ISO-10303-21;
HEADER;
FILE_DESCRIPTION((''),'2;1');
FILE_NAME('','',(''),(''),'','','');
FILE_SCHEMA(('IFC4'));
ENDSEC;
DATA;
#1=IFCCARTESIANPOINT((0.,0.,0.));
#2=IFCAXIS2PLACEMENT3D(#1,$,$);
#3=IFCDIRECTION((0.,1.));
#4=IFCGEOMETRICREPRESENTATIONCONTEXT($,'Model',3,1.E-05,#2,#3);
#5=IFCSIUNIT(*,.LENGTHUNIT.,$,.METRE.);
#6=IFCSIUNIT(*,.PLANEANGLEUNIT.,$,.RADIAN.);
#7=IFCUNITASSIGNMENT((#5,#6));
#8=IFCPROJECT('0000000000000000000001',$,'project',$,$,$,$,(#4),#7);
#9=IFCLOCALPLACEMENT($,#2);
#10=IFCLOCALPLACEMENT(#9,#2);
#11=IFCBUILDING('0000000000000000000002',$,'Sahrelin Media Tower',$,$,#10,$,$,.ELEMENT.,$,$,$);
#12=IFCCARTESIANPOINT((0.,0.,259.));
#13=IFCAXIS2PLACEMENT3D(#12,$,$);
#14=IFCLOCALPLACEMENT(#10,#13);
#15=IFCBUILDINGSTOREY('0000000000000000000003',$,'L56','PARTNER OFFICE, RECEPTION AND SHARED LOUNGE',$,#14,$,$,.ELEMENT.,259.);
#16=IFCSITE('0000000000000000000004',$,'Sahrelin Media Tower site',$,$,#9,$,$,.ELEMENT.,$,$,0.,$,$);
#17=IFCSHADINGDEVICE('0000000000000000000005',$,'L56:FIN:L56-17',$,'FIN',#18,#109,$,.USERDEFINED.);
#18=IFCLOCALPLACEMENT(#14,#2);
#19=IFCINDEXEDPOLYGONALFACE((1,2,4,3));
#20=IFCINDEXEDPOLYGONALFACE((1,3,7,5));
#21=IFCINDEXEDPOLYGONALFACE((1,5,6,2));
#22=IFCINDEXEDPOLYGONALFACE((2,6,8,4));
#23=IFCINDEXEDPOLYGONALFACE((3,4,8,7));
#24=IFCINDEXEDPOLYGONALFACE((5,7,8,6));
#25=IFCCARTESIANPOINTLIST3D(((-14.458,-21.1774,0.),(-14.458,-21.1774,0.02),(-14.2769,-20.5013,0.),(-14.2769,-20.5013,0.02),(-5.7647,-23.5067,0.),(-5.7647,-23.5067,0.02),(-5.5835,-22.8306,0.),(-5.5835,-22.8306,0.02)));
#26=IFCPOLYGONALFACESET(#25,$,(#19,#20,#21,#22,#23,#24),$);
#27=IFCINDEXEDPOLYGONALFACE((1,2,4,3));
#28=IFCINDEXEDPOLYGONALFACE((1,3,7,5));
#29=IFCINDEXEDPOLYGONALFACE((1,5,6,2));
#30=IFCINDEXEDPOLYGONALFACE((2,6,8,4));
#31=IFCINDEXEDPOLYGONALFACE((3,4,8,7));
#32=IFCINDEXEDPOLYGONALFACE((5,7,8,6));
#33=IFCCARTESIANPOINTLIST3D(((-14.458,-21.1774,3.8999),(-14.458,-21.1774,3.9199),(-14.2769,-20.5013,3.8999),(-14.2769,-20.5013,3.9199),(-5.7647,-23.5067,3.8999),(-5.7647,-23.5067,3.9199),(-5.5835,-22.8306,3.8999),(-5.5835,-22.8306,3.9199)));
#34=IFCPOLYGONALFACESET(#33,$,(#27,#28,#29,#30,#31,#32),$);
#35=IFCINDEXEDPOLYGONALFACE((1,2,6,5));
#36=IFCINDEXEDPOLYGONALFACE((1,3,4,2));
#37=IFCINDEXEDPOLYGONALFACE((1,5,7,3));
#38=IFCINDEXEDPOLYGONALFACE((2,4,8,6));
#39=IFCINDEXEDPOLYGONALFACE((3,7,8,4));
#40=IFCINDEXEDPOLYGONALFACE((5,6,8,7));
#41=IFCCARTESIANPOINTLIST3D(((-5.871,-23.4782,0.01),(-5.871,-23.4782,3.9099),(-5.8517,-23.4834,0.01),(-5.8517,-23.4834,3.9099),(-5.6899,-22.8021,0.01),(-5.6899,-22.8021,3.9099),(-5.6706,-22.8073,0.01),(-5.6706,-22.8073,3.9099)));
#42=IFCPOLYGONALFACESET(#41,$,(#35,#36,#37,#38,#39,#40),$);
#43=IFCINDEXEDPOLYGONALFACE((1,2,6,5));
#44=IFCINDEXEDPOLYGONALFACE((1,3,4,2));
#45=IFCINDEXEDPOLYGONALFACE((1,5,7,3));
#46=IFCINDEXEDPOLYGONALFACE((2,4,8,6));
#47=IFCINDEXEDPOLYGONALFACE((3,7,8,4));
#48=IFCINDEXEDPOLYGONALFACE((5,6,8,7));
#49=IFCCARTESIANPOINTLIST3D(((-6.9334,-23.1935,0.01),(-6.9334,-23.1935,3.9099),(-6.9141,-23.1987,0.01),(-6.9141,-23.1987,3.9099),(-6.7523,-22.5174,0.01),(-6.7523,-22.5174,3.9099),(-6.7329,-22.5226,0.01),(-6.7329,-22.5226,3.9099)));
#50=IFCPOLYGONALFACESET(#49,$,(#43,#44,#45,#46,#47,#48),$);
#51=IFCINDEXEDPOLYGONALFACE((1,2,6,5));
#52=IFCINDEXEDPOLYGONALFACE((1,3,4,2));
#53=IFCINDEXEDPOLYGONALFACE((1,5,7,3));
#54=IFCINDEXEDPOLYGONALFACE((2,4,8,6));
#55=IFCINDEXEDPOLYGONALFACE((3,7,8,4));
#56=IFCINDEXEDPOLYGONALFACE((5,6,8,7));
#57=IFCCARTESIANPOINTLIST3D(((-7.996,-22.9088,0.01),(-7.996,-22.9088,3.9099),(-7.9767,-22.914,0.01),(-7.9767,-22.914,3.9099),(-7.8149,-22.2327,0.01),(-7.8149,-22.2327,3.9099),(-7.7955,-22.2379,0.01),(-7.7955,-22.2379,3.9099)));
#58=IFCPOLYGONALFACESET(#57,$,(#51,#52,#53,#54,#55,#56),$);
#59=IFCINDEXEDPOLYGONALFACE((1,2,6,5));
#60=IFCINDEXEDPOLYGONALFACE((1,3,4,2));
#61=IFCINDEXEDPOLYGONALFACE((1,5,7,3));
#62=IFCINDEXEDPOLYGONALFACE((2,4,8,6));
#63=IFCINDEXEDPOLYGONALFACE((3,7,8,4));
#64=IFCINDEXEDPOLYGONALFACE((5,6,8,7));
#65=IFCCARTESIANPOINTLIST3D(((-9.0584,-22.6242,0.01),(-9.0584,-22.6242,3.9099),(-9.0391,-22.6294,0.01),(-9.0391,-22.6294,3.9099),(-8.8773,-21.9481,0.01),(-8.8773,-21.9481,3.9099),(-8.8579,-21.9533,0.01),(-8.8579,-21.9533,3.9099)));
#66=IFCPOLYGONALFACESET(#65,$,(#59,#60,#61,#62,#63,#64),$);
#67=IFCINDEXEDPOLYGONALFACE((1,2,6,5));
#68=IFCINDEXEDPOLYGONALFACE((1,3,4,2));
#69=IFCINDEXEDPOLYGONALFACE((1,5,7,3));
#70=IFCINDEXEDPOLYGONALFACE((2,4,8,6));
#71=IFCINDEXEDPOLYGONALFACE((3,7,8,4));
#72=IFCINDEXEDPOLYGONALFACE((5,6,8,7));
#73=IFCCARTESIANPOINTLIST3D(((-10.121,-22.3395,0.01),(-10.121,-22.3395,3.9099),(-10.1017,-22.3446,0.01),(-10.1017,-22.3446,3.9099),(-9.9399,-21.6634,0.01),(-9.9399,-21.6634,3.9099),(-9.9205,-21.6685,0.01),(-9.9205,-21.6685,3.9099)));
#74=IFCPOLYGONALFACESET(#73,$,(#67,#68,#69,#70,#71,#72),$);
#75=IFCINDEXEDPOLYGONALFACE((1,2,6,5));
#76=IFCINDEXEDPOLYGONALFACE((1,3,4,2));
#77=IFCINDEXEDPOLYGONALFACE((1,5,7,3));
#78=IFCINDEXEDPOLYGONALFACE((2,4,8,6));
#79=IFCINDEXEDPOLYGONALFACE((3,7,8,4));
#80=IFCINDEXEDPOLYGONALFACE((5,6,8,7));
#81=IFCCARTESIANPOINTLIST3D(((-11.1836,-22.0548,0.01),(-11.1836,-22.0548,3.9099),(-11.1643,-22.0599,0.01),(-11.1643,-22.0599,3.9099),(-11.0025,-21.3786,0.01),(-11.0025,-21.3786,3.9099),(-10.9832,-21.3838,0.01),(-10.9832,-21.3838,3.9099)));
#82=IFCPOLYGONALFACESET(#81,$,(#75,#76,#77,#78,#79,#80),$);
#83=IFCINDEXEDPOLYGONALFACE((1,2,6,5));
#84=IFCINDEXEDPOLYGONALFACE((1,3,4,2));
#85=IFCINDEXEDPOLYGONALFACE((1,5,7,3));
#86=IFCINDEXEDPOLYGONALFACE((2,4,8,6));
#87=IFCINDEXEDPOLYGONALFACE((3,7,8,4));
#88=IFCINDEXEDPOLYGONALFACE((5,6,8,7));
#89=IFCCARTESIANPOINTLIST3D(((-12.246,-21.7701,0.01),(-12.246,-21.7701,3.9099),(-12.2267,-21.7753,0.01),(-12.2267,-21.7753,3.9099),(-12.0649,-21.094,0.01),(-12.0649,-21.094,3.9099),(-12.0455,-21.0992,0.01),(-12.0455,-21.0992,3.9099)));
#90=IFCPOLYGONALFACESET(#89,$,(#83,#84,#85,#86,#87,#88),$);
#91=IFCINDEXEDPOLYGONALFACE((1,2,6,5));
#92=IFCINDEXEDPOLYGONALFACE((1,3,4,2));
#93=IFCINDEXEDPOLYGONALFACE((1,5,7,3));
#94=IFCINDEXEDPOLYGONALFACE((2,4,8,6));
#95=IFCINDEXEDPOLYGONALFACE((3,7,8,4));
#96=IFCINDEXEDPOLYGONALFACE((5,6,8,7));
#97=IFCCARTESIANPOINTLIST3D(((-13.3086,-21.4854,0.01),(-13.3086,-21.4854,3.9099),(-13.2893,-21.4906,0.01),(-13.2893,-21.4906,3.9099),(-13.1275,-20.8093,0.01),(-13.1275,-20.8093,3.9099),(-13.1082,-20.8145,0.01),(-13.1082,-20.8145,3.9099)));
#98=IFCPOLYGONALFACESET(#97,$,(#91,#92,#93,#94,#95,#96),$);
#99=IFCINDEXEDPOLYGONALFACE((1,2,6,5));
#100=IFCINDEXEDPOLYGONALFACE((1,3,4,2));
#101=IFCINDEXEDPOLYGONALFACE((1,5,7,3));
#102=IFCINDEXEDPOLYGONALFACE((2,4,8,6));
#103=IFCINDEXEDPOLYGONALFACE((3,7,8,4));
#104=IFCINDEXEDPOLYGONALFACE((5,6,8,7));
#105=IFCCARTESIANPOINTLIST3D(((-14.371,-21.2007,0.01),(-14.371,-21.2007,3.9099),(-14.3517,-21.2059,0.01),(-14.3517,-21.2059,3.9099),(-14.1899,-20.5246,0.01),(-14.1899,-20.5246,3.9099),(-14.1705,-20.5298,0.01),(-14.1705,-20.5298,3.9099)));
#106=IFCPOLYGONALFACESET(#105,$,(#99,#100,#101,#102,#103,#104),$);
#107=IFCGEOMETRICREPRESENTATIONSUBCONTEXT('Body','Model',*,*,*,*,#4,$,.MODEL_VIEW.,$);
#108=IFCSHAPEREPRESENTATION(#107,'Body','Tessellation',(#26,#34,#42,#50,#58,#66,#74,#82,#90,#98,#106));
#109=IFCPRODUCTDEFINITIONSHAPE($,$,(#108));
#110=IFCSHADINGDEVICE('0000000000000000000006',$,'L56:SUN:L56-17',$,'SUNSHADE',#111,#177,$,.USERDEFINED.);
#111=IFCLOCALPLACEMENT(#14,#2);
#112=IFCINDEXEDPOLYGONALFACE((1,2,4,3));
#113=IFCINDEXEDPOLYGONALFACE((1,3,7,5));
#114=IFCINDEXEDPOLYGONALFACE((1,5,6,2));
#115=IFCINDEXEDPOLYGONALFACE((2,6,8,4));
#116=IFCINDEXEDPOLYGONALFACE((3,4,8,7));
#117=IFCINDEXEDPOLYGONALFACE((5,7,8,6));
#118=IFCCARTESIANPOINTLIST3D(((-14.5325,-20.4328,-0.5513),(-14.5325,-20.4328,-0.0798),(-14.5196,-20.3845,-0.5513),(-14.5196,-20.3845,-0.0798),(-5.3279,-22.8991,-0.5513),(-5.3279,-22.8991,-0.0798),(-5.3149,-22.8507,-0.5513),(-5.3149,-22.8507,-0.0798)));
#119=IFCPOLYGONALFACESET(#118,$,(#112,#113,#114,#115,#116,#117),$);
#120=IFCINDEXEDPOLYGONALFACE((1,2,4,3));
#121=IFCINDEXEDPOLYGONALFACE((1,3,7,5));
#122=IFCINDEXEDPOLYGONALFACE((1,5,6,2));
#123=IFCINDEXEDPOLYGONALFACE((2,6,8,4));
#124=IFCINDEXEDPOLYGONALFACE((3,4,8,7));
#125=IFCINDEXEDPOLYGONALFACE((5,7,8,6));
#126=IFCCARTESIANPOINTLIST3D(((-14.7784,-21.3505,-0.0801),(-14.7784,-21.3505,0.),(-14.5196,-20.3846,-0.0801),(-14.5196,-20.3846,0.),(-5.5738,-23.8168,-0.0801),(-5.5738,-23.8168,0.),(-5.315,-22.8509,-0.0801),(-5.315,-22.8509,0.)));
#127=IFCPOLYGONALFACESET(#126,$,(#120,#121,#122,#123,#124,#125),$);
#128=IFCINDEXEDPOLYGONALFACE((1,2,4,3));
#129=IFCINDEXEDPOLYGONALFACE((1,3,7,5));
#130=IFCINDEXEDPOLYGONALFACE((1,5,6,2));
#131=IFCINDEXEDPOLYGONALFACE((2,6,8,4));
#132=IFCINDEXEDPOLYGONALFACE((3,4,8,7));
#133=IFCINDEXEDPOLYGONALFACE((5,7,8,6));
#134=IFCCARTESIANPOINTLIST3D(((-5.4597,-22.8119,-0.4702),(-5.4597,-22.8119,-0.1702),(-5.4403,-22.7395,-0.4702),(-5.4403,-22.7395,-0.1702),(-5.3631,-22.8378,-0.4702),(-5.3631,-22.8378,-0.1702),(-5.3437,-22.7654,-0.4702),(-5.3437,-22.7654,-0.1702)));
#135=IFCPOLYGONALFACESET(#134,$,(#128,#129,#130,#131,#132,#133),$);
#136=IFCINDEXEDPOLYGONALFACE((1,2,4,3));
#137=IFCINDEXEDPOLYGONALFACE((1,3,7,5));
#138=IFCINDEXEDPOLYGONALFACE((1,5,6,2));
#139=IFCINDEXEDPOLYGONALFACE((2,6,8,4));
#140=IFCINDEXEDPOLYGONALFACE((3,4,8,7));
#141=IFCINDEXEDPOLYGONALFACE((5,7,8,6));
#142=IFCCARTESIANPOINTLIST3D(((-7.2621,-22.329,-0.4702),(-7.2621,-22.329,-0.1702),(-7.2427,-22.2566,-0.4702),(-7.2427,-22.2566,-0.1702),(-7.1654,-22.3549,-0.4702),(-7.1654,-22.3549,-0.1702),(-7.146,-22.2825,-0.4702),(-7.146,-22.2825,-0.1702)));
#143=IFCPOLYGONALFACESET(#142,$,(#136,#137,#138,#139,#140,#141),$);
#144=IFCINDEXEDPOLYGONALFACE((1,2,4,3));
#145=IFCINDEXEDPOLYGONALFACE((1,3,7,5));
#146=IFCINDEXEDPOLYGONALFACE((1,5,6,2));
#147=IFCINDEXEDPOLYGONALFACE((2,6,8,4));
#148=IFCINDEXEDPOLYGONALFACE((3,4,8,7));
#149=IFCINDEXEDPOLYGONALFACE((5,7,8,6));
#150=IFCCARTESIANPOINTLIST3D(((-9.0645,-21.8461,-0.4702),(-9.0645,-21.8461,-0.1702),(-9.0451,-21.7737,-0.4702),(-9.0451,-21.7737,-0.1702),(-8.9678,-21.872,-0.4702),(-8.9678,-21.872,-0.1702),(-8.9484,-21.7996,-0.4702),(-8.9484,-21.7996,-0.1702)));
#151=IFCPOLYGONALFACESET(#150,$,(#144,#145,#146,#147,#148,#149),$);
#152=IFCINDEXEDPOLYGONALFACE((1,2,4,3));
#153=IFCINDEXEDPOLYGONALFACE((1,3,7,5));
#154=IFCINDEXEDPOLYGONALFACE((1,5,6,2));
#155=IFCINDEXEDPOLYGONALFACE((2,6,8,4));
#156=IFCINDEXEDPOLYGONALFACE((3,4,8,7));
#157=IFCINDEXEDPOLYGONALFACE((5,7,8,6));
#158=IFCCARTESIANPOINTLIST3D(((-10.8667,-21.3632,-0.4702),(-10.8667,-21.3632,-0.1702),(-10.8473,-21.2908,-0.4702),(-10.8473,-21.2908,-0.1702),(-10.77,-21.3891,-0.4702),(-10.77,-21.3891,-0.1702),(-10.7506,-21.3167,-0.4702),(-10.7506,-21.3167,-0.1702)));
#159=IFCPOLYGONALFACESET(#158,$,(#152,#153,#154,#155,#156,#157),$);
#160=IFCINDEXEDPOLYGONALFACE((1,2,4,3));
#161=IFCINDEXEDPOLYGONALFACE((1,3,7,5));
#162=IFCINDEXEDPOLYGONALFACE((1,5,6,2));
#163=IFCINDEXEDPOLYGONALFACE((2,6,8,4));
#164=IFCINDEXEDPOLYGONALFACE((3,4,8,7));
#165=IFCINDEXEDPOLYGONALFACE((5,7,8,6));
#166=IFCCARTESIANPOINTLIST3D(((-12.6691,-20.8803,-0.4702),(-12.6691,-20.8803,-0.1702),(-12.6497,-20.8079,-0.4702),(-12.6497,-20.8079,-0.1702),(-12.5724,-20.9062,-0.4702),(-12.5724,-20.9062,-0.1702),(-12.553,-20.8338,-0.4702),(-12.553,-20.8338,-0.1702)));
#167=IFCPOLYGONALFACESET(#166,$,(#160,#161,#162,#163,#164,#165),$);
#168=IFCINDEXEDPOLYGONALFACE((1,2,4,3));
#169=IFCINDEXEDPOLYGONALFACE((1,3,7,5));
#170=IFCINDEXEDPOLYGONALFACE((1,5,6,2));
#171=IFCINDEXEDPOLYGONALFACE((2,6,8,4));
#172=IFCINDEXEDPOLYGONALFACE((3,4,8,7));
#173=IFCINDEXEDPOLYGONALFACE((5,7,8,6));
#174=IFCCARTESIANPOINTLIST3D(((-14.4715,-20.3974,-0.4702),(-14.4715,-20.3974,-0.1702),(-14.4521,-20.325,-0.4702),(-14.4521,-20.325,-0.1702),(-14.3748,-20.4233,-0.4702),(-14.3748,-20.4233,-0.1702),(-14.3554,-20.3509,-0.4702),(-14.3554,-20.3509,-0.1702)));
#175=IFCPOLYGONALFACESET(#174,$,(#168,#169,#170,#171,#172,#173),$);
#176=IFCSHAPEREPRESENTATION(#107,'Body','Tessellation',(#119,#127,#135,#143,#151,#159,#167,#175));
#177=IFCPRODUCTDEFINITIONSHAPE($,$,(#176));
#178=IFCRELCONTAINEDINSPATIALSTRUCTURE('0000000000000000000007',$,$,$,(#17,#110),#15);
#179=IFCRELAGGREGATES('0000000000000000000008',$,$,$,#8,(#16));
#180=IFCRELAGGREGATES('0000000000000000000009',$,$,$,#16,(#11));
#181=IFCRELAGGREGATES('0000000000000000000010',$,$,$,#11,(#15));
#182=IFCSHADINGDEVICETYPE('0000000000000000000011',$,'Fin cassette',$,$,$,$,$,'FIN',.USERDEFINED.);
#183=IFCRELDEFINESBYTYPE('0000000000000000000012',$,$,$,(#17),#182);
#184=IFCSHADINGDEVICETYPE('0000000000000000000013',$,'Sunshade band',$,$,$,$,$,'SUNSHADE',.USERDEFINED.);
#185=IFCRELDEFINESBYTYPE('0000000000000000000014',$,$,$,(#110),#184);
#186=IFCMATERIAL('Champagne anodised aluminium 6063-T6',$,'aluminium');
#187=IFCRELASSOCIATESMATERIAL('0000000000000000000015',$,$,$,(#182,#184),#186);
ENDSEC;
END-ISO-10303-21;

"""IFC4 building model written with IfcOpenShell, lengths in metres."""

from ifc_helpers import new_model, si_unit, direction, frame, origin, origin_2d, place, context, subcontext, project, spatial, rectangle, extrude, material, type_object, element, save


model = new_model("IFC4")

# Units and contexts
model_context = context("Model", 3, precision=1e-05, world=origin(), true_north=direction((0.0, 1.0)))
body_context = subcontext(model_context, "Body", "Model", "MODEL_VIEW")
ifc_project = project(units=[si_unit("LENGTHUNIT", "METRE"), si_unit("PLANEANGLEUNIT", "RADIAN")], contexts=[model_context])

# Site, building, storey
site_placement = place(None, origin())
site = spatial("IfcSite", under=ifc_project, at=site_placement, Name="Sahrelin Media Tower site", CompositionType="ELEMENT", RefElevation=0.0)
building_placement = place(site_placement, origin())
building = spatial("IfcBuilding", under=site, at=building_placement, Name="Sahrelin Media Tower", CompositionType="ELEMENT")
storey_placement = place(building_placement, frame((0.0, 0.0, 259.0)))
storey = spatial("IfcBuildingStorey", under=building, at=storey_placement, Name="L56", Description="PARTNER OFFICE, RECEPTION AND SHARED LOUNGE", CompositionType="ELEMENT", Elevation=259.0)

# Shared definitions
ifc_material_1 = material(Name="Champagne anodised aluminium 6063-T6", Category="aluminium")

# Shading devices
shading_device_type_1 = type_object("IfcShadingDeviceType", Name="Fin cassette", ElementType="FIN", PredefinedType="USERDEFINED", material=ifc_material_1)
placement = place(storey_placement, frame((-9.9121, -21.5984, 0.0), z_axis=(0.0, 0.0, 1.0), x_axis=(-0.965929, 0.258808, 0.0)))
element("IfcShadingDevice", 1, at=placement, inside=storey, type_object=shading_device_type_1, Name="L56:FIN:L56-17", ObjectType="FIN", PredefinedType="USERDEFINED", context=body_context, shape_type="SweptSolid", body=[
    extrude(rectangle(XDim=9.0, YDim=0.7, at=origin_2d()), frame((0.0, 0.4199, 0.0)), (0.0, 0.0, 1.0), 0.02),
    extrude(rectangle(XDim=9.0, YDim=0.7, at=origin_2d()), frame((0.0, 0.4199, 3.8999)), (0.0, 0.0, 1.0), 0.02),
    extrude(rectangle(XDim=0.02, YDim=0.7, at=origin_2d()), frame((-4.3999, 0.4199, 0.01), z_axis=(0.0, 0.0, 1.0), x_axis=(1.0, 0.0, 0.0)), (0.0, 0.0, 1.0), 3.8999),
    extrude(rectangle(XDim=0.02, YDim=0.7, at=origin_2d()), frame((-3.3, 0.4199, 0.01), z_axis=(0.0, 0.0, 1.0), x_axis=(1.0, 0.0, 0.0)), (0.0, 0.0, 1.0), 3.8999),
    extrude(rectangle(XDim=0.02, YDim=0.7, at=origin_2d()), frame((-2.2, 0.4199, 0.01), z_axis=(0.0, 0.0, 1.0), x_axis=(1.0, 0.0, 0.0)), (0.0, 0.0, 1.0), 3.8999),
    extrude(rectangle(XDim=0.02, YDim=0.7, at=origin_2d()), frame((-1.1001, 0.4199, 0.01), z_axis=(0.0, 0.0, 1.0), x_axis=(1.0, 0.0, 0.0)), (0.0, 0.0, 1.0), 3.8999),
    extrude(rectangle(XDim=0.02, YDim=0.7, at=origin_2d()), frame((0.0, 0.4199, 0.01), z_axis=(0.0, 0.0, 1.0), x_axis=(1.0, 0.0, 0.0)), (0.0, 0.0, 1.0), 3.8999),
    extrude(rectangle(XDim=0.02, YDim=0.7, at=origin_2d()), frame((1.1001, 0.4199, 0.01), z_axis=(0.0, 0.0, 1.0), x_axis=(1.0, 0.0, 0.0)), (0.0, 0.0, 1.0), 3.8999),
    extrude(rectangle(XDim=0.02, YDim=0.7, at=origin_2d()), frame((2.2, 0.4199, 0.01), z_axis=(0.0, 0.0, 1.0), x_axis=(1.0, 0.0, 0.0)), (0.0, 0.0, 1.0), 3.8999),
    extrude(rectangle(XDim=0.02, YDim=0.7, at=origin_2d()), frame((3.3, 0.4199, 0.01), z_axis=(0.0, 0.0, 1.0), x_axis=(1.0, 0.0, 0.0)), (0.0, 0.0, 1.0), 3.8999),
    extrude(rectangle(XDim=0.02, YDim=0.7, at=origin_2d()), frame((4.3999, 0.4199, 0.01), z_axis=(0.0, 0.0, 1.0), x_axis=(1.0, 0.0, 0.0)), (0.0, 0.0, 1.0), 3.8999),
])
shading_device_type_2 = type_object("IfcShadingDeviceType", Name="Sunshade band", ElementType="SUNSHADE", PredefinedType="USERDEFINED", material=ifc_material_1)
element("IfcShadingDevice", 2, at=placement, inside=storey, type_object=shading_device_type_2, Name="L56:SUN:L56-17", ObjectType="SUNSHADE", PredefinedType="USERDEFINED", context=body_context, shape_type="SweptSolid", body=[
    extrude(rectangle(XDim=9.5293, YDim=0.05, at=origin_2d()), frame((0.0, 0.0449, -0.5513)), (0.0, 0.0, 1.0), 0.4714),
    extrude(rectangle(XDim=9.5293, YDim=1.0, at=origin_2d()), frame((0.0, 0.52, -0.0801)), (0.0, 0.0, 1.0), 0.0801),
    extrude(rectangle(XDim=0.1001, YDim=0.075, at=origin_2d()), frame((-4.6648, -0.0176, -0.4702)), (0.0, 0.0, 1.0), 0.3),
    extrude(rectangle(XDim=0.1001, YDim=0.075, at=origin_2d()), frame((-2.7988, -0.0176, -0.4702)), (0.0, 0.0, 1.0), 0.3),
    extrude(rectangle(XDim=0.1001, YDim=0.075, at=origin_2d()), frame((-0.9329, -0.0176, -0.4702)), (0.0, 0.0, 1.0), 0.3),
    extrude(rectangle(XDim=0.1001, YDim=0.075, at=origin_2d()), frame((0.9329, -0.0176, -0.4702)), (0.0, 0.0, 1.0), 0.3),
    extrude(rectangle(XDim=0.1001, YDim=0.075, at=origin_2d()), frame((2.7988, -0.0176, -0.4702)), (0.0, 0.0, 1.0), 0.3),
    extrude(rectangle(XDim=0.1001, YDim=0.075, at=origin_2d()), frame((4.6648, -0.0176, -0.4702)), (0.0, 0.0, 1.0), 0.3),
])

save(model, "model.ifc")
